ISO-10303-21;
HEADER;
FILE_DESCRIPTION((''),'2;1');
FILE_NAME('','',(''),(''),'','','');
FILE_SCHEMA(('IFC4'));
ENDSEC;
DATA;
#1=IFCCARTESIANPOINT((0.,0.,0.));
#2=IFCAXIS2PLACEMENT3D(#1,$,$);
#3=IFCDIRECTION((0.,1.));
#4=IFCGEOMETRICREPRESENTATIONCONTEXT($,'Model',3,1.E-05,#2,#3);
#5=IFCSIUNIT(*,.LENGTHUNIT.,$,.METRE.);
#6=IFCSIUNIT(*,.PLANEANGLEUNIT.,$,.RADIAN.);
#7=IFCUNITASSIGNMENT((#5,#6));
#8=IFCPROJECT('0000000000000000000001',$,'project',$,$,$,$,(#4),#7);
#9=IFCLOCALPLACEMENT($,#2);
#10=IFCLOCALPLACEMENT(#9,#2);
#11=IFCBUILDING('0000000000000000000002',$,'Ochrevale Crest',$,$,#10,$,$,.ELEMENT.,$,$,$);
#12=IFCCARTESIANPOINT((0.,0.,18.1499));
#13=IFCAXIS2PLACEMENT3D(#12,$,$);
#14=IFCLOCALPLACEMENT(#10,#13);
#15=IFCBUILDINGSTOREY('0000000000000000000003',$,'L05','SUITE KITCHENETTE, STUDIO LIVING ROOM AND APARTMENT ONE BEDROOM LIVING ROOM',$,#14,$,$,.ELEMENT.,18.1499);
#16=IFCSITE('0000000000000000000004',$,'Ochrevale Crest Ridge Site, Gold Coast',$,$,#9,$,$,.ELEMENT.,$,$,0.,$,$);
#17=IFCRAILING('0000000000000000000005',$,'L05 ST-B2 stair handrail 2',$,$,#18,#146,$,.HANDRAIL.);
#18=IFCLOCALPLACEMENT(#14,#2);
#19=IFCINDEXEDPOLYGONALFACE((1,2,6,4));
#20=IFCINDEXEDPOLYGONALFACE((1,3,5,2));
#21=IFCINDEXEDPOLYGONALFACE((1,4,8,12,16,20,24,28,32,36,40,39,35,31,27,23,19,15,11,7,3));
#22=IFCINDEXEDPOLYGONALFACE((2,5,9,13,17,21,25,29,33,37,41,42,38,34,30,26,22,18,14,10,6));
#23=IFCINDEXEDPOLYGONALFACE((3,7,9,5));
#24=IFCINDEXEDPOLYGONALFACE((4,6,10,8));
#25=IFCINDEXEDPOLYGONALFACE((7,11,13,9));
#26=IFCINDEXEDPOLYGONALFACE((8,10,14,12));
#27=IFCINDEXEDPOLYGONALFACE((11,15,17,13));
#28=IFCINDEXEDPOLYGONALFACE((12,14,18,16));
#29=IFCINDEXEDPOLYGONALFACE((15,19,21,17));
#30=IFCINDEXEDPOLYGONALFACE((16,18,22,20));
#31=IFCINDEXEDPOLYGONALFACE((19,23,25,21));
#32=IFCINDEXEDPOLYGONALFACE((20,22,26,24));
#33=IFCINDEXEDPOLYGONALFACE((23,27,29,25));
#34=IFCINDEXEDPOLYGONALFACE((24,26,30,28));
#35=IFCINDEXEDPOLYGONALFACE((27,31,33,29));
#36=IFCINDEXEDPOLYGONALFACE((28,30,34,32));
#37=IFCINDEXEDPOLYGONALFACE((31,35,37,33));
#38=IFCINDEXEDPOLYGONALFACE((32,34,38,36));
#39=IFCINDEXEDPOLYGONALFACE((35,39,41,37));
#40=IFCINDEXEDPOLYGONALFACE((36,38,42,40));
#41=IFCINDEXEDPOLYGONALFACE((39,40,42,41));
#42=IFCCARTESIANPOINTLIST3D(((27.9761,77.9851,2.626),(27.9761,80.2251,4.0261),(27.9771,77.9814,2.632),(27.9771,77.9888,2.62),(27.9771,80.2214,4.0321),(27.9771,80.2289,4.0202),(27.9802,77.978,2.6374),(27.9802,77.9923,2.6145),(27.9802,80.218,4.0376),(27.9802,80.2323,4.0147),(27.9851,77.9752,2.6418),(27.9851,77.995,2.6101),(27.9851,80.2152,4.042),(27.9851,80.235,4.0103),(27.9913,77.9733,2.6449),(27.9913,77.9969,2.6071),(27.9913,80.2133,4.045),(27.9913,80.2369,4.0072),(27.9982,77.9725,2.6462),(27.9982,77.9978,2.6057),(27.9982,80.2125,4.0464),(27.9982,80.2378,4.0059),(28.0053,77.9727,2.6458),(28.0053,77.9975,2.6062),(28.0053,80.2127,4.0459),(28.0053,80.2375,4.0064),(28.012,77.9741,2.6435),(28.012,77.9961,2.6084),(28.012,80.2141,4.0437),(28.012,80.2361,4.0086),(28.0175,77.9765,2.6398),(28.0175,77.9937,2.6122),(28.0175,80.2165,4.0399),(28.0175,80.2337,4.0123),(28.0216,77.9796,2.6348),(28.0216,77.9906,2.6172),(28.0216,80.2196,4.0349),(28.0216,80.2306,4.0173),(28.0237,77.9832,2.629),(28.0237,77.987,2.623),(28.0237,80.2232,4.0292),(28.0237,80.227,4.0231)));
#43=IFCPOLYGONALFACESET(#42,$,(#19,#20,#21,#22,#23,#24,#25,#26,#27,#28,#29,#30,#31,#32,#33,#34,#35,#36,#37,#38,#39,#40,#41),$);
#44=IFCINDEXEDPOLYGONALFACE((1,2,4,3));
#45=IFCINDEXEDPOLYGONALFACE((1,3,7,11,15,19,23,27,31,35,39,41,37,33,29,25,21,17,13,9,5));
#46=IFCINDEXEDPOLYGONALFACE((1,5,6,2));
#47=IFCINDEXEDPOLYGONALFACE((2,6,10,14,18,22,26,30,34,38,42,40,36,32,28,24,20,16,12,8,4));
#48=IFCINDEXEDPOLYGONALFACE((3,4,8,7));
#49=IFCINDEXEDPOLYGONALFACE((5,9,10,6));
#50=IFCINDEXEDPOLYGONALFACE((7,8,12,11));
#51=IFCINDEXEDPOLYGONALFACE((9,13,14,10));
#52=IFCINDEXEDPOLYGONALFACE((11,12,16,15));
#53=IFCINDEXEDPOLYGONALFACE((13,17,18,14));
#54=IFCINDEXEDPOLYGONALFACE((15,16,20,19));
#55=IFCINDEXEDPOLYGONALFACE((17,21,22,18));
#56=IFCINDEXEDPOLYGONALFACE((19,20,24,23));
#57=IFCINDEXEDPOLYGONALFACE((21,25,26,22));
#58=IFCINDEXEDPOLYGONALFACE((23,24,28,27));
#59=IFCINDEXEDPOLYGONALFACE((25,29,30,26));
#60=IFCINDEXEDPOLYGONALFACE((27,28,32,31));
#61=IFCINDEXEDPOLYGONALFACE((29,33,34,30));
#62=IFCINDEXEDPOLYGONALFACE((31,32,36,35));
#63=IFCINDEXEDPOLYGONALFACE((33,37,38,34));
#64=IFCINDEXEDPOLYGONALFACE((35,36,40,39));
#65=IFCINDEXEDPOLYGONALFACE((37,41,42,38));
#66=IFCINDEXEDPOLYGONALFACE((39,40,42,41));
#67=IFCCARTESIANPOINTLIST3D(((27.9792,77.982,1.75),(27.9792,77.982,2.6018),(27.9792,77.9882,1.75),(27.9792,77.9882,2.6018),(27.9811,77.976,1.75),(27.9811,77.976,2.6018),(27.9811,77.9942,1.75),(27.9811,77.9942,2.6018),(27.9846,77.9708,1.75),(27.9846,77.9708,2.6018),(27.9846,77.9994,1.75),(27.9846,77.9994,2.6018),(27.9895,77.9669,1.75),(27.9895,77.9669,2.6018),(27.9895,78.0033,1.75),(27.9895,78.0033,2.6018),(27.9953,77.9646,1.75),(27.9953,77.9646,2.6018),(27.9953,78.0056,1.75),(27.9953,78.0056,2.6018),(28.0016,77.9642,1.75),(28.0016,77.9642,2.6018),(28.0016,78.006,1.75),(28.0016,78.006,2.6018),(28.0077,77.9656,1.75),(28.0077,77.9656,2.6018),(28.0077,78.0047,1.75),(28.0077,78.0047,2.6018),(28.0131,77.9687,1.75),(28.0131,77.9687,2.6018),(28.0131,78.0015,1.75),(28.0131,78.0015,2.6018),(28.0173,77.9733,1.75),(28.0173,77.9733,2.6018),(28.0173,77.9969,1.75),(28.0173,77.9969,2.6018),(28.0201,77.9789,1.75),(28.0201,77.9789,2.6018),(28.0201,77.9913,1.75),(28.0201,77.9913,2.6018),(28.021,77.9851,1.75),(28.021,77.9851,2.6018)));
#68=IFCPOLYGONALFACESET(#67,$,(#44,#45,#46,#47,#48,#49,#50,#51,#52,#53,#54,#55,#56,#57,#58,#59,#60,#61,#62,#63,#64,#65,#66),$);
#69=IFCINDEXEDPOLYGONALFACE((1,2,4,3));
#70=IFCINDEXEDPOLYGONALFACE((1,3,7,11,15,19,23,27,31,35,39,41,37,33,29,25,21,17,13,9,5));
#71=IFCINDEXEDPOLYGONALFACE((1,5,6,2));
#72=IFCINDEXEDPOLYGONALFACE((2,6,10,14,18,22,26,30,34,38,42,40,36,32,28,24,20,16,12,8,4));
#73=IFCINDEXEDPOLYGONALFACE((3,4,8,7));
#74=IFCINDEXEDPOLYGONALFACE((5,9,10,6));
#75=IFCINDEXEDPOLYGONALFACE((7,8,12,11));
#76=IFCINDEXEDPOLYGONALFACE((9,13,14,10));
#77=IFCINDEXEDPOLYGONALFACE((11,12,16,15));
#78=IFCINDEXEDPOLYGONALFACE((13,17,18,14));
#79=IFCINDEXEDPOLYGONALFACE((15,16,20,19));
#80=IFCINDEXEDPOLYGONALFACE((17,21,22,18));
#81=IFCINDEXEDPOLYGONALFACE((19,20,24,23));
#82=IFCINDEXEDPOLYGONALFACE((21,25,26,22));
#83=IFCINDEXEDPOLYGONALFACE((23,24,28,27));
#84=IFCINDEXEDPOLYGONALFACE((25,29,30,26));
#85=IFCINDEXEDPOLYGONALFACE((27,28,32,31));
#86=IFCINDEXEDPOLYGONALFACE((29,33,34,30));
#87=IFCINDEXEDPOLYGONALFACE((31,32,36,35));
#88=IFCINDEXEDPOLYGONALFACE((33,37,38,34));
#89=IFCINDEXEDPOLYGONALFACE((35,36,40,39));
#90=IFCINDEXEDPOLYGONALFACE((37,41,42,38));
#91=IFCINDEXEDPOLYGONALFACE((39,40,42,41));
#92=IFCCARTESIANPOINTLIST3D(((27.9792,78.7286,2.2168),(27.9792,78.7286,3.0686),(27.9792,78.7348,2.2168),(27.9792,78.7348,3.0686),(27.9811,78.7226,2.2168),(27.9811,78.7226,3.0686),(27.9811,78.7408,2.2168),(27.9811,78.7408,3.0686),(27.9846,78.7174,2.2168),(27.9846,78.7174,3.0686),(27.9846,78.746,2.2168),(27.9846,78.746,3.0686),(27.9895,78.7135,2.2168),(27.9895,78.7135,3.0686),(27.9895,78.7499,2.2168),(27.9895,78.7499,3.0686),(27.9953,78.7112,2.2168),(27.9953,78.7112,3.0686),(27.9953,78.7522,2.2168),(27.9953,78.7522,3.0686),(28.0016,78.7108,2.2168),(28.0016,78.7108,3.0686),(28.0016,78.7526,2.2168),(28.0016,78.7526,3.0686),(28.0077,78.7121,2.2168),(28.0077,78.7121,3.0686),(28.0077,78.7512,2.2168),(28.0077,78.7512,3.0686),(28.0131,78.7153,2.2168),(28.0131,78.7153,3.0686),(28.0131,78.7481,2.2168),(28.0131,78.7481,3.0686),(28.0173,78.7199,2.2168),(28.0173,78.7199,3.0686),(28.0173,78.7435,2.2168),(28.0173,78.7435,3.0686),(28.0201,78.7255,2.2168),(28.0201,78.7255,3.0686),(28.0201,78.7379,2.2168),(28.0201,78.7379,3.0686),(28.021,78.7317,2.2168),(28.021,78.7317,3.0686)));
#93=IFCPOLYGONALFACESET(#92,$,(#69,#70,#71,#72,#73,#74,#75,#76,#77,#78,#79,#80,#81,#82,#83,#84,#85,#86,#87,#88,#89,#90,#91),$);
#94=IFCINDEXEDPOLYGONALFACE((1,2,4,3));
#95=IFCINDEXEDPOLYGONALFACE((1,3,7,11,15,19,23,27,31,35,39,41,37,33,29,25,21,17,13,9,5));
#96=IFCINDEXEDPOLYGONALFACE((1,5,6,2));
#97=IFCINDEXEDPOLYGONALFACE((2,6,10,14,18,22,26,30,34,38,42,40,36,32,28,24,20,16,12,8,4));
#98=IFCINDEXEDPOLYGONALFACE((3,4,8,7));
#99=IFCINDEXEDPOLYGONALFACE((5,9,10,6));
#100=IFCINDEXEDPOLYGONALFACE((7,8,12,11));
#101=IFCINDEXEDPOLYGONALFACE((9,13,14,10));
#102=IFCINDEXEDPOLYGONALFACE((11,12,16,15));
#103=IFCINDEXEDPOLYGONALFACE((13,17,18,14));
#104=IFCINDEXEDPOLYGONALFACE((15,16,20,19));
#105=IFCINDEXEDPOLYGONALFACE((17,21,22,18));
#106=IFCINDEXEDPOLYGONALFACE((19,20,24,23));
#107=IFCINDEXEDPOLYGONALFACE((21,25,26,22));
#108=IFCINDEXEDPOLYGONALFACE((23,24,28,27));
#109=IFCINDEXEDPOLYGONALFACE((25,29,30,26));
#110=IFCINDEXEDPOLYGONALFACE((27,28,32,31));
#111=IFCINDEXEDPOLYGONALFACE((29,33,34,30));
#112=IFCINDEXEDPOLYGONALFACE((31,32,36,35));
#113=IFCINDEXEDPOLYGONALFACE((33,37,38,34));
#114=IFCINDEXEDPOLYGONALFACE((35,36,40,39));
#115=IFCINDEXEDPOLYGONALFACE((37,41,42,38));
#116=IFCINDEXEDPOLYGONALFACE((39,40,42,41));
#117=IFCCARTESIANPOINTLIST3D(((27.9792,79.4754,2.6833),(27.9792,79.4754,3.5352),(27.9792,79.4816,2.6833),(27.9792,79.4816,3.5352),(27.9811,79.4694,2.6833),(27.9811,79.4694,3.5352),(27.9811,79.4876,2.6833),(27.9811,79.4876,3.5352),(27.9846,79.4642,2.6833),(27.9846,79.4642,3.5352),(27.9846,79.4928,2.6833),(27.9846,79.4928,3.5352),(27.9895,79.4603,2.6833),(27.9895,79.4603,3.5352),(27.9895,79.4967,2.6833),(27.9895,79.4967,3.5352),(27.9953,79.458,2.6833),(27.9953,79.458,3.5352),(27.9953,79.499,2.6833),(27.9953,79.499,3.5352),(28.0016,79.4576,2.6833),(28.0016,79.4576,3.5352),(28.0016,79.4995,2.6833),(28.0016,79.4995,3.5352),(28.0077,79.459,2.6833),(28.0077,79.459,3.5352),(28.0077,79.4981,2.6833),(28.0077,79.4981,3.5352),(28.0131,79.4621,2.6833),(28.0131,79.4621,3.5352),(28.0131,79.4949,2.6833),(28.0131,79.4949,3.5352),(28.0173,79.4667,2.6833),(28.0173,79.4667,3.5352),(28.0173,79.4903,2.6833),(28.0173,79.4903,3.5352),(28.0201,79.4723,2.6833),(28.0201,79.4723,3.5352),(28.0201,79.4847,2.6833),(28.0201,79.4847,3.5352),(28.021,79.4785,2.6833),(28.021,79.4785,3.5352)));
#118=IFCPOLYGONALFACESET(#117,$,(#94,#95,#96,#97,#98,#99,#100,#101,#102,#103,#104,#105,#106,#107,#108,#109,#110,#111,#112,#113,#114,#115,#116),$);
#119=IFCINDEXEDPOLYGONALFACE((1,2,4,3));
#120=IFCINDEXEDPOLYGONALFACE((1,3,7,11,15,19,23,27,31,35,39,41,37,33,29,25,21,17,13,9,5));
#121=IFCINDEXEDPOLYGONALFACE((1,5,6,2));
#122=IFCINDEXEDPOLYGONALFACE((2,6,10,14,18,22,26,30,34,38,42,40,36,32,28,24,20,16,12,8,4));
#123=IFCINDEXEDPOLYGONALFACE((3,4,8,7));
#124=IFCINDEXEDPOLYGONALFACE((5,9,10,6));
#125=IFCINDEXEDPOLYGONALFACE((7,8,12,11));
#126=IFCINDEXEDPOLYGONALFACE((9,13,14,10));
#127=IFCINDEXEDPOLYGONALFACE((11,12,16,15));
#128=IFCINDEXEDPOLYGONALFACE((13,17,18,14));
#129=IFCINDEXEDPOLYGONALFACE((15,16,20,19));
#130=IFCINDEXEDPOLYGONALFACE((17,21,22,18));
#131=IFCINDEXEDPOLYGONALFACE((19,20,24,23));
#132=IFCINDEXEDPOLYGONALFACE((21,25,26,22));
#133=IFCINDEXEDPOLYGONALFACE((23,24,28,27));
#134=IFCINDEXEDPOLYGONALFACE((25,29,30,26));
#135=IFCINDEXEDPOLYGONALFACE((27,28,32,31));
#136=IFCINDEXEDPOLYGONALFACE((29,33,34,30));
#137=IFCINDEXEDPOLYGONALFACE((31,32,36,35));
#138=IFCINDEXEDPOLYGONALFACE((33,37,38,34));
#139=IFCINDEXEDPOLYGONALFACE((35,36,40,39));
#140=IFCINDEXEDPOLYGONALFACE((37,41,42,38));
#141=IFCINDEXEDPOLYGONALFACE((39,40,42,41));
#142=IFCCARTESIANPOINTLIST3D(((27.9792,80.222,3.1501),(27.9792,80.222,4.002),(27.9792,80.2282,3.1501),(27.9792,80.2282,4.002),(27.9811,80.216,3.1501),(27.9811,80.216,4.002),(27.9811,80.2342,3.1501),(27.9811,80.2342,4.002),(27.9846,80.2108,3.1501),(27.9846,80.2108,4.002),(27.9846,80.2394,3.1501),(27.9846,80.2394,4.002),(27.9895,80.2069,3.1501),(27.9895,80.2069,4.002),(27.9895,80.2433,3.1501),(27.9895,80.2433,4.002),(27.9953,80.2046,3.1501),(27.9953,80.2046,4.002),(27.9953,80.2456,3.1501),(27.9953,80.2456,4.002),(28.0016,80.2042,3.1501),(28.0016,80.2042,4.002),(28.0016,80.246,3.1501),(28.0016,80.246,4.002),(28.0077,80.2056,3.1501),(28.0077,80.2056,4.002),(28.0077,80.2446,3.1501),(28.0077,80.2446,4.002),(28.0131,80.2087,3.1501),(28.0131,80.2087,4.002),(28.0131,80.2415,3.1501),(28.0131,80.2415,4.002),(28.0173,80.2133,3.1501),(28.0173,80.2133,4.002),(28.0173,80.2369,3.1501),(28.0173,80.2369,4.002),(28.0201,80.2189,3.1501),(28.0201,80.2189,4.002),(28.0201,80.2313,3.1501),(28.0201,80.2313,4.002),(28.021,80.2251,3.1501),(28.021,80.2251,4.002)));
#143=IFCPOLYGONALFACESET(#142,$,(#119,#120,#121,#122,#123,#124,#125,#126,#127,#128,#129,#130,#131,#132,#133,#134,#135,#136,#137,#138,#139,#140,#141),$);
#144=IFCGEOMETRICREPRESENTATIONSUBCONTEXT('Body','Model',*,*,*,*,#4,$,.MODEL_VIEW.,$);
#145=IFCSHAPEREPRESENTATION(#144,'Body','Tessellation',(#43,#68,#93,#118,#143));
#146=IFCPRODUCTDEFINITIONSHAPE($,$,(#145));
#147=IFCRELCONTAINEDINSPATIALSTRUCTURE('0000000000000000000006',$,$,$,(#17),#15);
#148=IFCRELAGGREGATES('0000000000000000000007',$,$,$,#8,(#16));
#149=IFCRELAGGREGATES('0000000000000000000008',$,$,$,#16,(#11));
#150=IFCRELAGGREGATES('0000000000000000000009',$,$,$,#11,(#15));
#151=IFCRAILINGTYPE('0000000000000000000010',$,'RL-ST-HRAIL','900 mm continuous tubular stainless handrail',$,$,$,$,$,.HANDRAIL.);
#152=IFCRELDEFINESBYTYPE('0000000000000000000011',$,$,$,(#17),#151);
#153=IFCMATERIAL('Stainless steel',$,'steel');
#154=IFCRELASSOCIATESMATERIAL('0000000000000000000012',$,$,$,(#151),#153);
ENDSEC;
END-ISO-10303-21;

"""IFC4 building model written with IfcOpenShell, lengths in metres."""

from ifc_helpers import new_model, si_unit, direction, frame, origin, origin_2d, place, context, subcontext, project, spatial, circle, extrude, material, type_object, element, save


model = new_model("IFC4")

# Units and contexts
model_context = context("Model", 3, precision=1e-05, world=origin(), true_north=direction((0.0, 1.0)))
body_context = subcontext(model_context, "Body", "Model", "MODEL_VIEW")
ifc_project = project(units=[si_unit("LENGTHUNIT", "METRE"), si_unit("PLANEANGLEUNIT", "RADIAN")], contexts=[model_context])

# Site, building, storey
site_placement = place(None, origin())
site = spatial("IfcSite", under=ifc_project, at=site_placement, Name="Ochrevale Crest Ridge Site, Gold Coast", CompositionType="ELEMENT", RefElevation=0.0)
building_placement = place(site_placement, origin())
building = spatial("IfcBuilding", under=site, at=building_placement, Name="Ochrevale Crest", CompositionType="ELEMENT")
storey_placement = place(building_placement, frame((0.0, 0.0, 18.1499)))
storey = spatial("IfcBuildingStorey", under=building, at=storey_placement, Name="L05", Description="SUITE KITCHENETTE, STUDIO LIVING ROOM AND APARTMENT ONE BEDROOM LIVING ROOM", CompositionType="ELEMENT", Elevation=18.1499)

# Railing
ifc_material_1 = material(Name="Stainless steel", Category="steel")
railing_type_1 = type_object("IfcRailingType", Name="RL-ST-HRAIL", Description="900 mm continuous tubular stainless handrail", PredefinedType="HANDRAIL", material=ifc_material_1)
railing_1_placement = place(storey_placement, frame((28.0, 77.9851, 1.75)))
element("IfcRailing", 1, at=railing_1_placement, inside=storey, type_object=railing_type_1, Name="L05 ST-B2 stair handrail 2", PredefinedType="HANDRAIL", context=body_context, shape_type="SweptSolid", body=[
    extrude(circle(Radius=0.0239, at=origin_2d()), frame((0.0, 0.0, 0.876), z_axis=(0.0, 0.847972, 0.53004), x_axis=(-1.0, 0.0, 0.0)), (0.0, 0.0, 1.0), 2.6416),
    extrude(circle(Radius=0.021, at=origin_2d()), origin(), (0.0, 0.0, 1.0), 0.8518),
    extrude(circle(Radius=0.021, at=origin_2d()), frame((0.0, 0.7466, 0.4668)), (0.0, 0.0, 1.0), 0.8518),
    extrude(circle(Radius=0.021, at=origin_2d()), frame((0.0, 1.4934, 0.9333)), (0.0, 0.0, 1.0), 0.8518),
    extrude(circle(Radius=0.021, at=origin_2d()), frame((0.0, 2.24, 1.4001)), (0.0, 0.0, 1.0), 0.8518),
])

save(model, "model.ifc")
